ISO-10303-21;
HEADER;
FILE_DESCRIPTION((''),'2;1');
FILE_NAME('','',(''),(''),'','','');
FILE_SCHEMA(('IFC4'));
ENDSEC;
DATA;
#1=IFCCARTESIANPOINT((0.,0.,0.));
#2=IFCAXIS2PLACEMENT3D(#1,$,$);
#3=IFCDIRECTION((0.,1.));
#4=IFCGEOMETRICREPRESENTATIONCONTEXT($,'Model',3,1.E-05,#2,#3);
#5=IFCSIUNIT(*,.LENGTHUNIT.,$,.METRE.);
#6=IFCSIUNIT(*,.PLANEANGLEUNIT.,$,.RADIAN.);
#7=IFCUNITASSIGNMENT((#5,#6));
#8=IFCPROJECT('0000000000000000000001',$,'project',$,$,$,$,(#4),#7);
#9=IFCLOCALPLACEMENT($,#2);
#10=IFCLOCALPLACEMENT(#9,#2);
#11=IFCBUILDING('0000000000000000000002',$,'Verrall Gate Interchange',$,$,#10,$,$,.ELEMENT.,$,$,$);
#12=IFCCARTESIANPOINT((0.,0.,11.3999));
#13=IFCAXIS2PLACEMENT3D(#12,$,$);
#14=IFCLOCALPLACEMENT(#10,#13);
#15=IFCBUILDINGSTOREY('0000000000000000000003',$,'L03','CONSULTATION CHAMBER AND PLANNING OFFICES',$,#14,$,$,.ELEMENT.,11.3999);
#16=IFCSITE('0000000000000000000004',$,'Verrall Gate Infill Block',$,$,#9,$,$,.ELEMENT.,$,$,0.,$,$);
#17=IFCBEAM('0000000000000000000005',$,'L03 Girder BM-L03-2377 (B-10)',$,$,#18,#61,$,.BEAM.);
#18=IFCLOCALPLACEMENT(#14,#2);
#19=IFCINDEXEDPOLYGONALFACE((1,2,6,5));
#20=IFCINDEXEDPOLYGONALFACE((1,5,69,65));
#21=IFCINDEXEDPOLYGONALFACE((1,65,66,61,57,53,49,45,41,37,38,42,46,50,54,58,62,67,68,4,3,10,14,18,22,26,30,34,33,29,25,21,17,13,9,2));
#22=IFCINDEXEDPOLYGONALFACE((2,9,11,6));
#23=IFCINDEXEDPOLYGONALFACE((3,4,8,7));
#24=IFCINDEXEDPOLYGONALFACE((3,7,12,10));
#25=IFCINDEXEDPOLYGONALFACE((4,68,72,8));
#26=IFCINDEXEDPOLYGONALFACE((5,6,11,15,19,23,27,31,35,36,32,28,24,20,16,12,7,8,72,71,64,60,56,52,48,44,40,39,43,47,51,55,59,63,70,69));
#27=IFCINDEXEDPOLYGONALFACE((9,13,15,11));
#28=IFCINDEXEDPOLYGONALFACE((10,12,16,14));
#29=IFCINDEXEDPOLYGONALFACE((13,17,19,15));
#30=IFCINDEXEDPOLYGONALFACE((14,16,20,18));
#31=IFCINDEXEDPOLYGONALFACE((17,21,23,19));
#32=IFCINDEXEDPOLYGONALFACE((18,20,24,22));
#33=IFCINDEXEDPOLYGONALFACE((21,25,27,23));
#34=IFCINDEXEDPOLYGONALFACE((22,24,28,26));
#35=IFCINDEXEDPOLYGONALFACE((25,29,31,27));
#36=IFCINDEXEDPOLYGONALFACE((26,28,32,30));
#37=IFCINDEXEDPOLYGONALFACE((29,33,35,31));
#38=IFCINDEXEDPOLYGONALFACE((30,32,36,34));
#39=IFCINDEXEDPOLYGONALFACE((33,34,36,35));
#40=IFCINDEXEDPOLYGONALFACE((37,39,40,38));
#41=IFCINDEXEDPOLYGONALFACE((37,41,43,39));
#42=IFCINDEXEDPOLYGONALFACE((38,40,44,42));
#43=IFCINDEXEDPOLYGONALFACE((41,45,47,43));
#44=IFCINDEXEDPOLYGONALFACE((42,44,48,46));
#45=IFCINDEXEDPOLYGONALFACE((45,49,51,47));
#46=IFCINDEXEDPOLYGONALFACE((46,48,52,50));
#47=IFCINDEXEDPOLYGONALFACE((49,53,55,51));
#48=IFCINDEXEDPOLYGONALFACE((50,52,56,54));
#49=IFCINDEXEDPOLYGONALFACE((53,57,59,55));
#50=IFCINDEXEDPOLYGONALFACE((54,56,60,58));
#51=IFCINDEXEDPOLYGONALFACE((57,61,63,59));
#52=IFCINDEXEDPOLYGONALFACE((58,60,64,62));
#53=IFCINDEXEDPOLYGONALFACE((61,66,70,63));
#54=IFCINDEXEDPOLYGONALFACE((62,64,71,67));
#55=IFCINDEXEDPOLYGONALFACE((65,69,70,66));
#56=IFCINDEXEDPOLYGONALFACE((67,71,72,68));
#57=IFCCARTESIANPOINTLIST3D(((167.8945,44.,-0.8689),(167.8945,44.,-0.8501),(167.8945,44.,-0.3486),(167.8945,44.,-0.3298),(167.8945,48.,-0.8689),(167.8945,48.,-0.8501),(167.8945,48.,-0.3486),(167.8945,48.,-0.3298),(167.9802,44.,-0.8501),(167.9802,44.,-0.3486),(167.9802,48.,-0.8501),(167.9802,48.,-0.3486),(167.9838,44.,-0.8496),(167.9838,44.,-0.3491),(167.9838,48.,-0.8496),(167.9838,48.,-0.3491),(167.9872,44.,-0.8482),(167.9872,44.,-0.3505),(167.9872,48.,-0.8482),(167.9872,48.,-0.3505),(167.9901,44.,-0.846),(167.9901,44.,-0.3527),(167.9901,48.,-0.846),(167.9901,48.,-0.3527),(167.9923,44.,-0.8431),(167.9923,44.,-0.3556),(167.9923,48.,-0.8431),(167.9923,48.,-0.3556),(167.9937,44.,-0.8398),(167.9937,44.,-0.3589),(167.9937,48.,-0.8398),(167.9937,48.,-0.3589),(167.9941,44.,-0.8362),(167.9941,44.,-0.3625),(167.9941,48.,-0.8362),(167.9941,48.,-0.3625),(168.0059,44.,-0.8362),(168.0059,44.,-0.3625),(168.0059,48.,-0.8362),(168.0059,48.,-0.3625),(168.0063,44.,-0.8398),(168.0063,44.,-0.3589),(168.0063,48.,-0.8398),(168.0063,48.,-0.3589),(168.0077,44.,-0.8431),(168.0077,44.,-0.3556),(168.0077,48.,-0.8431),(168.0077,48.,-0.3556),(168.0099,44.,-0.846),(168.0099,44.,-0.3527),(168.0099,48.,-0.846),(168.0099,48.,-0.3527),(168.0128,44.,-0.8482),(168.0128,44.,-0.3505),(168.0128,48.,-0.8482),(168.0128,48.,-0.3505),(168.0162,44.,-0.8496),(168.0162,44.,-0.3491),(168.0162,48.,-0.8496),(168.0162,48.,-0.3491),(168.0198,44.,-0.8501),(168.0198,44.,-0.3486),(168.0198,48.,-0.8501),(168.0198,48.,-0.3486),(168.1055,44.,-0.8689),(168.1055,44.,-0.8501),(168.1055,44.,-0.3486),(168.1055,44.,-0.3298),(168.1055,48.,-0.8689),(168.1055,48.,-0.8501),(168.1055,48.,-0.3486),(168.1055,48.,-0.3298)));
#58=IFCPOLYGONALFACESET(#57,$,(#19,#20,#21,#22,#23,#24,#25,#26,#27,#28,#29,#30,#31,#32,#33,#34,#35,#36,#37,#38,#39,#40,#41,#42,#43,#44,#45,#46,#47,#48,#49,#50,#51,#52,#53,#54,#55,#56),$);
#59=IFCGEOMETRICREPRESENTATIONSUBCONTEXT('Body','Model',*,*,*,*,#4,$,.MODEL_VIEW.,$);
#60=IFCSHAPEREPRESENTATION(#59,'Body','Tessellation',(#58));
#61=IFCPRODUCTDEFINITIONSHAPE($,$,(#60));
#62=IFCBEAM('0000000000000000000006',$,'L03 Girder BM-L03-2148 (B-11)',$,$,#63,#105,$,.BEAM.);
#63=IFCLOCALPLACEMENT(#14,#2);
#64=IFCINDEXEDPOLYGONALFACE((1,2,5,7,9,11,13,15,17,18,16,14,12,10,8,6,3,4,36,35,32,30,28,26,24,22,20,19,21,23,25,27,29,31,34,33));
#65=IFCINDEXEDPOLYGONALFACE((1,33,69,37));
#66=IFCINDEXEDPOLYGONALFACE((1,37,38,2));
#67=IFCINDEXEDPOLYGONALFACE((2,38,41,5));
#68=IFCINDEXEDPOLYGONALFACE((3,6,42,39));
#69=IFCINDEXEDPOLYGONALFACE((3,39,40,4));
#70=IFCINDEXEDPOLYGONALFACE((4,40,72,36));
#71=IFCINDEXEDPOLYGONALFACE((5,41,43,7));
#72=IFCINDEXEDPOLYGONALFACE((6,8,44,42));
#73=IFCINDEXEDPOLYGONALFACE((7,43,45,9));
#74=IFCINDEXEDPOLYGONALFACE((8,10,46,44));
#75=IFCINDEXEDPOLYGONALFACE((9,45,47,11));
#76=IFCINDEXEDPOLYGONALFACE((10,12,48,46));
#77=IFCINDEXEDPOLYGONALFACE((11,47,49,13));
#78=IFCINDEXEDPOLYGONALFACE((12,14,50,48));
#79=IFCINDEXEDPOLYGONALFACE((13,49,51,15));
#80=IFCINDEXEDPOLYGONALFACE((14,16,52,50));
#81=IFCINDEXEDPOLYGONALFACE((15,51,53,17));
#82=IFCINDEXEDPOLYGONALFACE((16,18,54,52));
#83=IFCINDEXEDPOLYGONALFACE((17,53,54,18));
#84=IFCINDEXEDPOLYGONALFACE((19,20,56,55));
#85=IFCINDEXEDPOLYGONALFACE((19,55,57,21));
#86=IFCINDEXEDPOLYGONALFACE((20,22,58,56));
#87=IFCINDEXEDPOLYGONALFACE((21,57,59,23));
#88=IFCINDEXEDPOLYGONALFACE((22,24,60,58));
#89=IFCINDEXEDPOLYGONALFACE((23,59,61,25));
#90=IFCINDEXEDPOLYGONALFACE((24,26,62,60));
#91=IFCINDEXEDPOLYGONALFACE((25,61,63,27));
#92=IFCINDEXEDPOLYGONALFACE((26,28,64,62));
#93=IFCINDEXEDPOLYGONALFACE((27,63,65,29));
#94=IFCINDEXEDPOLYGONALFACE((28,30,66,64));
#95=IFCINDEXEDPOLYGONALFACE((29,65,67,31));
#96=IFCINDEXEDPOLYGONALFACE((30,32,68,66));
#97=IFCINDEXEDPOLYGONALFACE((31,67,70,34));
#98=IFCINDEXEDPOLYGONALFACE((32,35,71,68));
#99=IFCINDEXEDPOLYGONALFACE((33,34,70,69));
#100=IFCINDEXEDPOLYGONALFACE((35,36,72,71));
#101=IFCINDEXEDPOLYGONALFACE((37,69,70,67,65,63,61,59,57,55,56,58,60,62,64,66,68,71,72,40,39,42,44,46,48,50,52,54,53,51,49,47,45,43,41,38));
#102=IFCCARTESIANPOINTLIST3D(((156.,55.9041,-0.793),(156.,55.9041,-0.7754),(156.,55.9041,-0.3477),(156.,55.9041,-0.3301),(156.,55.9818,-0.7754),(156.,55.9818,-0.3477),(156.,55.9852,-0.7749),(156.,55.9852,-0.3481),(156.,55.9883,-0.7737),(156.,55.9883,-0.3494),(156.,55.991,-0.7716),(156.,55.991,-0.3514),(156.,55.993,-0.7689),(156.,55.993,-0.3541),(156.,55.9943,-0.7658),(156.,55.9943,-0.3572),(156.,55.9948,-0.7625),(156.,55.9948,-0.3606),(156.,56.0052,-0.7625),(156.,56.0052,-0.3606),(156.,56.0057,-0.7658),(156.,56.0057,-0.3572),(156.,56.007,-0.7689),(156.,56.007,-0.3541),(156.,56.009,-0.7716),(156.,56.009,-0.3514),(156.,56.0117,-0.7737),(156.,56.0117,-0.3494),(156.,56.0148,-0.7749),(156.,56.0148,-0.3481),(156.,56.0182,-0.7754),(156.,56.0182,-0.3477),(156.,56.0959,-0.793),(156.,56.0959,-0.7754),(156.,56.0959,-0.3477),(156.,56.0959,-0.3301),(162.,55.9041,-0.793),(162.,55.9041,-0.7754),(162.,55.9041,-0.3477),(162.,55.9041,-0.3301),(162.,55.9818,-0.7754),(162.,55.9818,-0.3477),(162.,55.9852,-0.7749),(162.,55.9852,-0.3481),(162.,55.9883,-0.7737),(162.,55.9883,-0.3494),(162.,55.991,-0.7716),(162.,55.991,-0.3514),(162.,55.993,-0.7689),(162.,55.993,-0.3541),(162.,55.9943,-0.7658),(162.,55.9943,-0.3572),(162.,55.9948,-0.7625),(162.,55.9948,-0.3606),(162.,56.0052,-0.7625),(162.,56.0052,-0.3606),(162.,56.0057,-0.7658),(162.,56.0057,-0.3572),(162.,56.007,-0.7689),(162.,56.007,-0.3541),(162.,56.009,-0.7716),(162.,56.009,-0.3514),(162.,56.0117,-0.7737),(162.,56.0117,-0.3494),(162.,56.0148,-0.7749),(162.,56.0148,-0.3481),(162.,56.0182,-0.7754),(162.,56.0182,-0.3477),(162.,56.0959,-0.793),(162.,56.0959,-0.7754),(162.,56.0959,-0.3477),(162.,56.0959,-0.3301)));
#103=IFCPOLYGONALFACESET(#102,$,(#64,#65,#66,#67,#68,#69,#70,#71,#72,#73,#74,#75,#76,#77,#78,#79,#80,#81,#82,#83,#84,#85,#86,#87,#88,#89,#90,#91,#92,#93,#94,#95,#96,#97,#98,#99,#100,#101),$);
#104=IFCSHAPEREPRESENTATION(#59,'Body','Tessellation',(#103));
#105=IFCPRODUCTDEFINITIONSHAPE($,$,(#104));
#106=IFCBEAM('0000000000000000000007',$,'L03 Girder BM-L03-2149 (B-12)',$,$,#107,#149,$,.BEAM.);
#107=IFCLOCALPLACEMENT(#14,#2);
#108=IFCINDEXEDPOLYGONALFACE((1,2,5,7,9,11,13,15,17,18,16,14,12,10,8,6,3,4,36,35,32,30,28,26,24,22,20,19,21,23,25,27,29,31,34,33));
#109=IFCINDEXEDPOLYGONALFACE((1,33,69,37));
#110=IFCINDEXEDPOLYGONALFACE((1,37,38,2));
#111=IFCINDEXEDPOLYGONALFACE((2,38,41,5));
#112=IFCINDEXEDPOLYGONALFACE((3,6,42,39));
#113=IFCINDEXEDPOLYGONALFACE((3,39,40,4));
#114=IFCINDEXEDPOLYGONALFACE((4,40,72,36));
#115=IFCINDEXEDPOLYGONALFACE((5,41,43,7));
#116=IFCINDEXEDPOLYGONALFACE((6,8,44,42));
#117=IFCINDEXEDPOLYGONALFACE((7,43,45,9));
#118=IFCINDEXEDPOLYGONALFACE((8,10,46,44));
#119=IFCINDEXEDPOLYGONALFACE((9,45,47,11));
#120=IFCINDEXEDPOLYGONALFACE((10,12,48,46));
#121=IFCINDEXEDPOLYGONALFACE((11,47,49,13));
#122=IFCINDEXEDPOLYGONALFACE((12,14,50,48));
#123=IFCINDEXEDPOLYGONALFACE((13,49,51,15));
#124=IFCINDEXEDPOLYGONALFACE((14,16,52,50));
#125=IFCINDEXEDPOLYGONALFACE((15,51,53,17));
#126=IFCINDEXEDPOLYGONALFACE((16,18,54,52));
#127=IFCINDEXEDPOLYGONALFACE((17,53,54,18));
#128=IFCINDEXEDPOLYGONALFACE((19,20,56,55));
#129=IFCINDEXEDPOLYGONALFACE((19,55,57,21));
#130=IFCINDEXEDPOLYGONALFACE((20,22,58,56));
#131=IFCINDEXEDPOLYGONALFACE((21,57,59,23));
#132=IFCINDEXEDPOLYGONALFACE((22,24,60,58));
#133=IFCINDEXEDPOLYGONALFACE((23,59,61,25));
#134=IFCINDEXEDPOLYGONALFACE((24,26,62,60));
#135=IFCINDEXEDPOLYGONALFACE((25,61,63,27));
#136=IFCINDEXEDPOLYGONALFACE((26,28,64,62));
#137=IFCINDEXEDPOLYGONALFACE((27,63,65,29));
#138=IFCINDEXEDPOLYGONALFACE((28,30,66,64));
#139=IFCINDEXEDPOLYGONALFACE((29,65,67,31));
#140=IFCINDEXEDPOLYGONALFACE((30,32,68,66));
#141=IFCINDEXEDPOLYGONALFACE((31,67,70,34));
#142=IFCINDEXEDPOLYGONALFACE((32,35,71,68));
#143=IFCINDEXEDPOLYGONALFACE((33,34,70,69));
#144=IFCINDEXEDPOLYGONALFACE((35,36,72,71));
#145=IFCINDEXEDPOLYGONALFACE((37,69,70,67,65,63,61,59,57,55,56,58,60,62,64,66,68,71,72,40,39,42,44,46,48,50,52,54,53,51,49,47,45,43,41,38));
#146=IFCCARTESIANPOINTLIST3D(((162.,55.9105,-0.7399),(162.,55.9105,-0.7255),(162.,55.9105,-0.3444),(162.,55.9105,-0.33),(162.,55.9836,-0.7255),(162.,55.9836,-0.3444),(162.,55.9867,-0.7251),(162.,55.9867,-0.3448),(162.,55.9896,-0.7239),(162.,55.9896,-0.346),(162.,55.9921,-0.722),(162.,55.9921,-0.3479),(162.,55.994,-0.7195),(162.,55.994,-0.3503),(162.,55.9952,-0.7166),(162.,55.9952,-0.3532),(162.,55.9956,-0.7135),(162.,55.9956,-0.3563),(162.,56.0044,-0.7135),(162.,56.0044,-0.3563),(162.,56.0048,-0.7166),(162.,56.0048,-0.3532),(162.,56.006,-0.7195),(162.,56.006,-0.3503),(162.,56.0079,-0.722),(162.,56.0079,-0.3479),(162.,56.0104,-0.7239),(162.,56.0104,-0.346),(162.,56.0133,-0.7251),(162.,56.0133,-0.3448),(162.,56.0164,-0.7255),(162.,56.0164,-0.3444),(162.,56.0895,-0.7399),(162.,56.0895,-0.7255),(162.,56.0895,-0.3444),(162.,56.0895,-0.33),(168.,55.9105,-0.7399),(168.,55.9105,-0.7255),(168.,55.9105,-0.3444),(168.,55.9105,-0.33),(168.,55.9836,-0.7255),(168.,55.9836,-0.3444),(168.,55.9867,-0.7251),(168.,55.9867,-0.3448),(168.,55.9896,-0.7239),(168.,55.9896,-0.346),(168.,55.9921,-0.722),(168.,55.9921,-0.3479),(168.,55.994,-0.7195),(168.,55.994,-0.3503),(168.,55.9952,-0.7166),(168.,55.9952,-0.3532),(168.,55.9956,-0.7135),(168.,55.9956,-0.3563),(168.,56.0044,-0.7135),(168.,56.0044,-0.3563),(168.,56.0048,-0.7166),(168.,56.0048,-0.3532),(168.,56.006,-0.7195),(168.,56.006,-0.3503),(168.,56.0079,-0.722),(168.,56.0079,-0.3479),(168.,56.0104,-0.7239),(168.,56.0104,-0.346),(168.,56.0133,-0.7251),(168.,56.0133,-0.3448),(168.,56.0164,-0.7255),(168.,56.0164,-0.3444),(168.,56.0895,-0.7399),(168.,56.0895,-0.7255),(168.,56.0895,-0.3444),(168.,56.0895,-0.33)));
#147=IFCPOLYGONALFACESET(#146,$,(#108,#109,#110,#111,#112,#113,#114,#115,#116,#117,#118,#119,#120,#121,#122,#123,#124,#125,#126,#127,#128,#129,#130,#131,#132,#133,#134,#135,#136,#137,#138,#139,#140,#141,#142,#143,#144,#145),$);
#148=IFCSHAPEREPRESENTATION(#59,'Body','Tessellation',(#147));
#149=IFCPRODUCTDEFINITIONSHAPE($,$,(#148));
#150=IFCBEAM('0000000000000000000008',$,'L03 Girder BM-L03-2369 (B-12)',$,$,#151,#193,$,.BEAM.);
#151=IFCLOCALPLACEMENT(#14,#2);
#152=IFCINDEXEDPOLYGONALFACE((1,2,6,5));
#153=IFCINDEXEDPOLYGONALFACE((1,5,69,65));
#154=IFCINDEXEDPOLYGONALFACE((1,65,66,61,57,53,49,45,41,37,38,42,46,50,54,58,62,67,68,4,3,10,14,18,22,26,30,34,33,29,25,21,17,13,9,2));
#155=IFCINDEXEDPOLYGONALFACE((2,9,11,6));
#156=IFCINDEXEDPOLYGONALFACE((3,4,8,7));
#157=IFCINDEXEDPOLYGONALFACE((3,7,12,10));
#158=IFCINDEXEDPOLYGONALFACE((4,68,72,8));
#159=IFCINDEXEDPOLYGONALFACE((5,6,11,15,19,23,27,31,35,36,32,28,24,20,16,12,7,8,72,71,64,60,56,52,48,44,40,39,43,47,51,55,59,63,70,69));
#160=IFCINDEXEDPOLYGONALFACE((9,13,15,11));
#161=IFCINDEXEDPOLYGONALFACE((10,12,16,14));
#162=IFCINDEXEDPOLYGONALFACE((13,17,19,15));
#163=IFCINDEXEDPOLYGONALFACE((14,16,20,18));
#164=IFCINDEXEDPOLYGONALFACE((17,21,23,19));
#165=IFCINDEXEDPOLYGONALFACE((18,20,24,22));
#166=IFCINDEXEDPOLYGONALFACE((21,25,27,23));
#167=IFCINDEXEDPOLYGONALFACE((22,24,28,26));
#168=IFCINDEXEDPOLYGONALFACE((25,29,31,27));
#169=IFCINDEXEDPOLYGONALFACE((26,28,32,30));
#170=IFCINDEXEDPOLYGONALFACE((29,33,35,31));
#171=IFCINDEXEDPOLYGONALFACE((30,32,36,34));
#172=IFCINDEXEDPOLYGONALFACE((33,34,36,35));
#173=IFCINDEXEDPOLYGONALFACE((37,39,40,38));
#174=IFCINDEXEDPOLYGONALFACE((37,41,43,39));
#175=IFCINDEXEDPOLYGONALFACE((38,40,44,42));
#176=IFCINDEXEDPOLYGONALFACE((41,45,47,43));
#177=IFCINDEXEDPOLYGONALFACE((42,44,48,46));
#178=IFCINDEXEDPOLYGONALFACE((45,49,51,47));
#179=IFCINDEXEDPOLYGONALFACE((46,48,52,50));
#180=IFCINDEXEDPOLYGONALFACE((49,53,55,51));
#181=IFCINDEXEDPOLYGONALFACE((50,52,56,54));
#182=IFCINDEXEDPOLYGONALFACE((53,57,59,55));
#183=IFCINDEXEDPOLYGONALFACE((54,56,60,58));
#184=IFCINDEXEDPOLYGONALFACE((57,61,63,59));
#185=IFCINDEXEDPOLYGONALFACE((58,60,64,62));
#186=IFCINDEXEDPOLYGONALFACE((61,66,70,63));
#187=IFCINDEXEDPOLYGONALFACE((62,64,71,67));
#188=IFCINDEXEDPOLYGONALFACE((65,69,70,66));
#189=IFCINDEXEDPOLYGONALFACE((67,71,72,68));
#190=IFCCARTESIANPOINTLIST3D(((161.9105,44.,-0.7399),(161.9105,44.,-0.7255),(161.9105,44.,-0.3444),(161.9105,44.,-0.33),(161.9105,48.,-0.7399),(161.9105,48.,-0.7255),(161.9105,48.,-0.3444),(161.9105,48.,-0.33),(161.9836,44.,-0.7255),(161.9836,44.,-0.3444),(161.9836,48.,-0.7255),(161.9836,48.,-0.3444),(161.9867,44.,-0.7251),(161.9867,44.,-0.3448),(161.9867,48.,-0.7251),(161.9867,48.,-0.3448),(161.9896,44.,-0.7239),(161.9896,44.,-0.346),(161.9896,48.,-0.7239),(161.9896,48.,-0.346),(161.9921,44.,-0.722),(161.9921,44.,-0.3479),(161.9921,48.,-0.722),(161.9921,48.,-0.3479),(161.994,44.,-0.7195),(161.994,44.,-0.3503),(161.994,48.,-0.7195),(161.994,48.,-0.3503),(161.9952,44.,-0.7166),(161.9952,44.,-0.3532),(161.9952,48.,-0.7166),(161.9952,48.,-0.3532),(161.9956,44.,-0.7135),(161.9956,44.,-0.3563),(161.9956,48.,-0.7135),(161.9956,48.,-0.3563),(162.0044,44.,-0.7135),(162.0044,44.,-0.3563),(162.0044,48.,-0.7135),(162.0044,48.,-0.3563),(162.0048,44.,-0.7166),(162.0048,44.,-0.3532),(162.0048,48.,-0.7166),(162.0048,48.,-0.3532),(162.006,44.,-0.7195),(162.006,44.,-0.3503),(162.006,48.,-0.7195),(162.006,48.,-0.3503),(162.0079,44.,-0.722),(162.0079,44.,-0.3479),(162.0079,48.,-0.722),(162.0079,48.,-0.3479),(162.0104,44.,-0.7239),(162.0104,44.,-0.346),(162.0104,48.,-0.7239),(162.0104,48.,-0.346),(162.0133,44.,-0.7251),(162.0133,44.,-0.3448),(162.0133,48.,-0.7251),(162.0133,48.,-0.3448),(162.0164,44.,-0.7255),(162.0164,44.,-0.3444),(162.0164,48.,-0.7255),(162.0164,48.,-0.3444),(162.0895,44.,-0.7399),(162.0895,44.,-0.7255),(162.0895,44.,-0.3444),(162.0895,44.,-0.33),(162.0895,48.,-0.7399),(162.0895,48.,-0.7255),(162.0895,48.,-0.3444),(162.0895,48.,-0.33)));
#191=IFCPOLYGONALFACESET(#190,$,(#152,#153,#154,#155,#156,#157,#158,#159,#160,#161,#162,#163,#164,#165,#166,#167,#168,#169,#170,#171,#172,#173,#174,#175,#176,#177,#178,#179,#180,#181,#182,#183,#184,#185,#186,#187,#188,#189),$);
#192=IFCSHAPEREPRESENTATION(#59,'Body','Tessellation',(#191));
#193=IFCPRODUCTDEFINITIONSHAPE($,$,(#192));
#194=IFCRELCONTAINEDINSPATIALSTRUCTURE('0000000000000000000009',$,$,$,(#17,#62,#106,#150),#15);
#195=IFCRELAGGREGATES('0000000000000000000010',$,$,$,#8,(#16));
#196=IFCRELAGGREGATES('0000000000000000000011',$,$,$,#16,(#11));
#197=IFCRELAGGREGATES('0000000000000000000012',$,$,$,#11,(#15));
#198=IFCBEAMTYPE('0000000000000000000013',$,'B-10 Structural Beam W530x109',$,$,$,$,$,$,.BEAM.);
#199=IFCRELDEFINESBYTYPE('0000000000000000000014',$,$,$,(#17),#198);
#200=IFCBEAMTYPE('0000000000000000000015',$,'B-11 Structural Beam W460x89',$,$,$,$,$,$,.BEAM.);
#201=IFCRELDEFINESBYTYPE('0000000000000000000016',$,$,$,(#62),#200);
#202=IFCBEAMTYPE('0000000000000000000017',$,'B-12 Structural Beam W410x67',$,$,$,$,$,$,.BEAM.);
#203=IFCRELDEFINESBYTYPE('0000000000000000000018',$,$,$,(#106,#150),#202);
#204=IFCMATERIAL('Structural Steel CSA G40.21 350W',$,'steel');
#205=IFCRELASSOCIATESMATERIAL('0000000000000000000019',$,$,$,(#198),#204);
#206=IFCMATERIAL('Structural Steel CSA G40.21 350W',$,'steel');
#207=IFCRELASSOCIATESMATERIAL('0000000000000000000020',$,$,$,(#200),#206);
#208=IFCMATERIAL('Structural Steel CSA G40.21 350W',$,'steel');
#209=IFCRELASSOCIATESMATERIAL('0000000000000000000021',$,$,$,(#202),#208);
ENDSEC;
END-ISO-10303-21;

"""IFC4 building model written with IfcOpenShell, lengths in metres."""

from ifc_helpers import new_model, si_unit, direction, frame, origin, origin_2d, place, context, subcontext, project, spatial, i_section, extrude, material, material_profile, profile_set, type_object, element, save


model = new_model("IFC4")

# Units and contexts
model_context = context("Model", 3, precision=1e-05, world=origin(), true_north=direction((0.0, 1.0)))
body_context = subcontext(model_context, "Body", "Model", "MODEL_VIEW")
ifc_project = project(units=[si_unit("LENGTHUNIT", "METRE"), si_unit("PLANEANGLEUNIT", "RADIAN")], contexts=[model_context])

# Site, building, storey
site_placement = place(None, origin())
site = spatial("IfcSite", under=ifc_project, at=site_placement, Name="Verrall Gate Infill Block", CompositionType="ELEMENT", RefElevation=0.0)
building_placement = place(site_placement, origin())
building = spatial("IfcBuilding", under=site, at=building_placement, Name="Verrall Gate Interchange", CompositionType="ELEMENT")
storey_placement = place(building_placement, frame((0.0, 0.0, 11.3999)))
storey = spatial("IfcBuildingStorey", under=building, at=storey_placement, Name="L03", Description="CONSULTATION CHAMBER AND PLANNING OFFICES", CompositionType="ELEMENT", Elevation=11.3999)

# Beams
ifc_material_1 = material(Name="Structural Steel CSA G40.21 350W", Category="steel")
ifc_material_profile_1 = material_profile(ifc_material_1, i_section(OverallWidth=0.2109, OverallDepth=0.5391, WebThickness=0.0117, FlangeThickness=0.0188, FilletRadius=0.0139, at=origin_2d()), Name="W530x109")
ifc_profile_set_1 = profile_set([ifc_material_profile_1], Name="Structural Steel CSA G40.21 350W")
beam_type_1 = type_object("IfcBeamType", Name="B-10 Structural Beam W530x109", PredefinedType="BEAM", material=ifc_profile_set_1)
for number, where, z_axis, x_axis, name in (
    (1, (168.0, 44.0, -0.5994), (0.0, 1.0, 0.0), (-1.0, 0.0, 0.0), "L03 Girder BM-L03-2377 (B-10)"),
):
    element("IfcBeam", number, at=place(storey_placement, frame(where, z_axis=z_axis, x_axis=x_axis)), inside=storey, type_object=beam_type_1, Name=name, PredefinedType="BEAM", context=body_context, shape_type="SweptSolid", body=[
        extrude(i_section(OverallWidth=0.2109, OverallDepth=0.5391, WebThickness=0.0117, FlangeThickness=0.0188, FilletRadius=0.0139, at=origin_2d()), origin(), (0.0, 0.0, 1.0), 4.0),
    ])
ifc_material_2 = material(Name="Structural Steel CSA G40.21 350W", Category="steel")
ifc_material_profile_2 = material_profile(ifc_material_2, i_section(OverallWidth=0.1919, OverallDepth=0.4629, WebThickness=0.0105, FlangeThickness=0.0176, FilletRadius=0.0129, at=origin_2d()), Name="W460x89")
ifc_profile_set_2 = profile_set([ifc_material_profile_2], Name="Structural Steel CSA G40.21 350W")
beam_type_2 = type_object("IfcBeamType", Name="B-11 Structural Beam W460x89", PredefinedType="BEAM", material=ifc_profile_set_2)
beam_1_placement = place(storey_placement, frame((156.0, 56.0, -0.5615), z_axis=(1.0, 0.0, 0.0), x_axis=(0.0, 1.0, 0.0)))
element("IfcBeam", 2, at=beam_1_placement, inside=storey, type_object=beam_type_2, Name="L03 Girder BM-L03-2148 (B-11)", PredefinedType="BEAM", context=body_context, shape_type="SweptSolid", body=[
    extrude(i_section(OverallWidth=0.1919, OverallDepth=0.4629, WebThickness=0.0105, FlangeThickness=0.0176, FilletRadius=0.0129, at=origin_2d()), origin(), (0.0, 0.0, 1.0), 6.0),
])
ifc_material_3 = material(Name="Structural Steel CSA G40.21 350W", Category="steel")
ifc_material_profile_3 = material_profile(ifc_material_3, i_section(OverallWidth=0.179, OverallDepth=0.4099, WebThickness=0.0088, FlangeThickness=0.0144, FilletRadius=0.012, at=origin_2d()), Name="W410x67")
ifc_profile_set_3 = profile_set([ifc_material_profile_3], Name="Structural Steel CSA G40.21 350W")
beam_type_3 = type_object("IfcBeamType", Name="B-12 Structural Beam W410x67", PredefinedType="BEAM", material=ifc_profile_set_3)
beam_2_placement = place(storey_placement, frame((162.0, 56.0, -0.5349), z_axis=(1.0, 0.0, 0.0), x_axis=(0.0, 1.0, 0.0)))
element("IfcBeam", 3, at=beam_2_placement, inside=storey, type_object=beam_type_3, Name="L03 Girder BM-L03-2149 (B-12)", PredefinedType="BEAM", context=body_context, shape_type="SweptSolid", body=[
    extrude(i_section(OverallWidth=0.179, OverallDepth=0.4099, WebThickness=0.0088, FlangeThickness=0.0144, FilletRadius=0.012, at=origin_2d()), origin(), (0.0, 0.0, 1.0), 6.0),
])
beam_3_placement = place(storey_placement, frame((162.0, 44.0, -0.5349), z_axis=(0.0, 1.0, 0.0), x_axis=(-1.0, 0.0, 0.0)))
element("IfcBeam", 4, at=beam_3_placement, inside=storey, type_object=beam_type_3, Name="L03 Girder BM-L03-2369 (B-12)", PredefinedType="BEAM", context=body_context, shape_type="SweptSolid", body=[
    extrude(i_section(OverallWidth=0.179, OverallDepth=0.4099, WebThickness=0.0088, FlangeThickness=0.0144, FilletRadius=0.012, at=origin_2d()), origin(), (0.0, 0.0, 1.0), 4.0),
])

save(model, "model.ifc")
